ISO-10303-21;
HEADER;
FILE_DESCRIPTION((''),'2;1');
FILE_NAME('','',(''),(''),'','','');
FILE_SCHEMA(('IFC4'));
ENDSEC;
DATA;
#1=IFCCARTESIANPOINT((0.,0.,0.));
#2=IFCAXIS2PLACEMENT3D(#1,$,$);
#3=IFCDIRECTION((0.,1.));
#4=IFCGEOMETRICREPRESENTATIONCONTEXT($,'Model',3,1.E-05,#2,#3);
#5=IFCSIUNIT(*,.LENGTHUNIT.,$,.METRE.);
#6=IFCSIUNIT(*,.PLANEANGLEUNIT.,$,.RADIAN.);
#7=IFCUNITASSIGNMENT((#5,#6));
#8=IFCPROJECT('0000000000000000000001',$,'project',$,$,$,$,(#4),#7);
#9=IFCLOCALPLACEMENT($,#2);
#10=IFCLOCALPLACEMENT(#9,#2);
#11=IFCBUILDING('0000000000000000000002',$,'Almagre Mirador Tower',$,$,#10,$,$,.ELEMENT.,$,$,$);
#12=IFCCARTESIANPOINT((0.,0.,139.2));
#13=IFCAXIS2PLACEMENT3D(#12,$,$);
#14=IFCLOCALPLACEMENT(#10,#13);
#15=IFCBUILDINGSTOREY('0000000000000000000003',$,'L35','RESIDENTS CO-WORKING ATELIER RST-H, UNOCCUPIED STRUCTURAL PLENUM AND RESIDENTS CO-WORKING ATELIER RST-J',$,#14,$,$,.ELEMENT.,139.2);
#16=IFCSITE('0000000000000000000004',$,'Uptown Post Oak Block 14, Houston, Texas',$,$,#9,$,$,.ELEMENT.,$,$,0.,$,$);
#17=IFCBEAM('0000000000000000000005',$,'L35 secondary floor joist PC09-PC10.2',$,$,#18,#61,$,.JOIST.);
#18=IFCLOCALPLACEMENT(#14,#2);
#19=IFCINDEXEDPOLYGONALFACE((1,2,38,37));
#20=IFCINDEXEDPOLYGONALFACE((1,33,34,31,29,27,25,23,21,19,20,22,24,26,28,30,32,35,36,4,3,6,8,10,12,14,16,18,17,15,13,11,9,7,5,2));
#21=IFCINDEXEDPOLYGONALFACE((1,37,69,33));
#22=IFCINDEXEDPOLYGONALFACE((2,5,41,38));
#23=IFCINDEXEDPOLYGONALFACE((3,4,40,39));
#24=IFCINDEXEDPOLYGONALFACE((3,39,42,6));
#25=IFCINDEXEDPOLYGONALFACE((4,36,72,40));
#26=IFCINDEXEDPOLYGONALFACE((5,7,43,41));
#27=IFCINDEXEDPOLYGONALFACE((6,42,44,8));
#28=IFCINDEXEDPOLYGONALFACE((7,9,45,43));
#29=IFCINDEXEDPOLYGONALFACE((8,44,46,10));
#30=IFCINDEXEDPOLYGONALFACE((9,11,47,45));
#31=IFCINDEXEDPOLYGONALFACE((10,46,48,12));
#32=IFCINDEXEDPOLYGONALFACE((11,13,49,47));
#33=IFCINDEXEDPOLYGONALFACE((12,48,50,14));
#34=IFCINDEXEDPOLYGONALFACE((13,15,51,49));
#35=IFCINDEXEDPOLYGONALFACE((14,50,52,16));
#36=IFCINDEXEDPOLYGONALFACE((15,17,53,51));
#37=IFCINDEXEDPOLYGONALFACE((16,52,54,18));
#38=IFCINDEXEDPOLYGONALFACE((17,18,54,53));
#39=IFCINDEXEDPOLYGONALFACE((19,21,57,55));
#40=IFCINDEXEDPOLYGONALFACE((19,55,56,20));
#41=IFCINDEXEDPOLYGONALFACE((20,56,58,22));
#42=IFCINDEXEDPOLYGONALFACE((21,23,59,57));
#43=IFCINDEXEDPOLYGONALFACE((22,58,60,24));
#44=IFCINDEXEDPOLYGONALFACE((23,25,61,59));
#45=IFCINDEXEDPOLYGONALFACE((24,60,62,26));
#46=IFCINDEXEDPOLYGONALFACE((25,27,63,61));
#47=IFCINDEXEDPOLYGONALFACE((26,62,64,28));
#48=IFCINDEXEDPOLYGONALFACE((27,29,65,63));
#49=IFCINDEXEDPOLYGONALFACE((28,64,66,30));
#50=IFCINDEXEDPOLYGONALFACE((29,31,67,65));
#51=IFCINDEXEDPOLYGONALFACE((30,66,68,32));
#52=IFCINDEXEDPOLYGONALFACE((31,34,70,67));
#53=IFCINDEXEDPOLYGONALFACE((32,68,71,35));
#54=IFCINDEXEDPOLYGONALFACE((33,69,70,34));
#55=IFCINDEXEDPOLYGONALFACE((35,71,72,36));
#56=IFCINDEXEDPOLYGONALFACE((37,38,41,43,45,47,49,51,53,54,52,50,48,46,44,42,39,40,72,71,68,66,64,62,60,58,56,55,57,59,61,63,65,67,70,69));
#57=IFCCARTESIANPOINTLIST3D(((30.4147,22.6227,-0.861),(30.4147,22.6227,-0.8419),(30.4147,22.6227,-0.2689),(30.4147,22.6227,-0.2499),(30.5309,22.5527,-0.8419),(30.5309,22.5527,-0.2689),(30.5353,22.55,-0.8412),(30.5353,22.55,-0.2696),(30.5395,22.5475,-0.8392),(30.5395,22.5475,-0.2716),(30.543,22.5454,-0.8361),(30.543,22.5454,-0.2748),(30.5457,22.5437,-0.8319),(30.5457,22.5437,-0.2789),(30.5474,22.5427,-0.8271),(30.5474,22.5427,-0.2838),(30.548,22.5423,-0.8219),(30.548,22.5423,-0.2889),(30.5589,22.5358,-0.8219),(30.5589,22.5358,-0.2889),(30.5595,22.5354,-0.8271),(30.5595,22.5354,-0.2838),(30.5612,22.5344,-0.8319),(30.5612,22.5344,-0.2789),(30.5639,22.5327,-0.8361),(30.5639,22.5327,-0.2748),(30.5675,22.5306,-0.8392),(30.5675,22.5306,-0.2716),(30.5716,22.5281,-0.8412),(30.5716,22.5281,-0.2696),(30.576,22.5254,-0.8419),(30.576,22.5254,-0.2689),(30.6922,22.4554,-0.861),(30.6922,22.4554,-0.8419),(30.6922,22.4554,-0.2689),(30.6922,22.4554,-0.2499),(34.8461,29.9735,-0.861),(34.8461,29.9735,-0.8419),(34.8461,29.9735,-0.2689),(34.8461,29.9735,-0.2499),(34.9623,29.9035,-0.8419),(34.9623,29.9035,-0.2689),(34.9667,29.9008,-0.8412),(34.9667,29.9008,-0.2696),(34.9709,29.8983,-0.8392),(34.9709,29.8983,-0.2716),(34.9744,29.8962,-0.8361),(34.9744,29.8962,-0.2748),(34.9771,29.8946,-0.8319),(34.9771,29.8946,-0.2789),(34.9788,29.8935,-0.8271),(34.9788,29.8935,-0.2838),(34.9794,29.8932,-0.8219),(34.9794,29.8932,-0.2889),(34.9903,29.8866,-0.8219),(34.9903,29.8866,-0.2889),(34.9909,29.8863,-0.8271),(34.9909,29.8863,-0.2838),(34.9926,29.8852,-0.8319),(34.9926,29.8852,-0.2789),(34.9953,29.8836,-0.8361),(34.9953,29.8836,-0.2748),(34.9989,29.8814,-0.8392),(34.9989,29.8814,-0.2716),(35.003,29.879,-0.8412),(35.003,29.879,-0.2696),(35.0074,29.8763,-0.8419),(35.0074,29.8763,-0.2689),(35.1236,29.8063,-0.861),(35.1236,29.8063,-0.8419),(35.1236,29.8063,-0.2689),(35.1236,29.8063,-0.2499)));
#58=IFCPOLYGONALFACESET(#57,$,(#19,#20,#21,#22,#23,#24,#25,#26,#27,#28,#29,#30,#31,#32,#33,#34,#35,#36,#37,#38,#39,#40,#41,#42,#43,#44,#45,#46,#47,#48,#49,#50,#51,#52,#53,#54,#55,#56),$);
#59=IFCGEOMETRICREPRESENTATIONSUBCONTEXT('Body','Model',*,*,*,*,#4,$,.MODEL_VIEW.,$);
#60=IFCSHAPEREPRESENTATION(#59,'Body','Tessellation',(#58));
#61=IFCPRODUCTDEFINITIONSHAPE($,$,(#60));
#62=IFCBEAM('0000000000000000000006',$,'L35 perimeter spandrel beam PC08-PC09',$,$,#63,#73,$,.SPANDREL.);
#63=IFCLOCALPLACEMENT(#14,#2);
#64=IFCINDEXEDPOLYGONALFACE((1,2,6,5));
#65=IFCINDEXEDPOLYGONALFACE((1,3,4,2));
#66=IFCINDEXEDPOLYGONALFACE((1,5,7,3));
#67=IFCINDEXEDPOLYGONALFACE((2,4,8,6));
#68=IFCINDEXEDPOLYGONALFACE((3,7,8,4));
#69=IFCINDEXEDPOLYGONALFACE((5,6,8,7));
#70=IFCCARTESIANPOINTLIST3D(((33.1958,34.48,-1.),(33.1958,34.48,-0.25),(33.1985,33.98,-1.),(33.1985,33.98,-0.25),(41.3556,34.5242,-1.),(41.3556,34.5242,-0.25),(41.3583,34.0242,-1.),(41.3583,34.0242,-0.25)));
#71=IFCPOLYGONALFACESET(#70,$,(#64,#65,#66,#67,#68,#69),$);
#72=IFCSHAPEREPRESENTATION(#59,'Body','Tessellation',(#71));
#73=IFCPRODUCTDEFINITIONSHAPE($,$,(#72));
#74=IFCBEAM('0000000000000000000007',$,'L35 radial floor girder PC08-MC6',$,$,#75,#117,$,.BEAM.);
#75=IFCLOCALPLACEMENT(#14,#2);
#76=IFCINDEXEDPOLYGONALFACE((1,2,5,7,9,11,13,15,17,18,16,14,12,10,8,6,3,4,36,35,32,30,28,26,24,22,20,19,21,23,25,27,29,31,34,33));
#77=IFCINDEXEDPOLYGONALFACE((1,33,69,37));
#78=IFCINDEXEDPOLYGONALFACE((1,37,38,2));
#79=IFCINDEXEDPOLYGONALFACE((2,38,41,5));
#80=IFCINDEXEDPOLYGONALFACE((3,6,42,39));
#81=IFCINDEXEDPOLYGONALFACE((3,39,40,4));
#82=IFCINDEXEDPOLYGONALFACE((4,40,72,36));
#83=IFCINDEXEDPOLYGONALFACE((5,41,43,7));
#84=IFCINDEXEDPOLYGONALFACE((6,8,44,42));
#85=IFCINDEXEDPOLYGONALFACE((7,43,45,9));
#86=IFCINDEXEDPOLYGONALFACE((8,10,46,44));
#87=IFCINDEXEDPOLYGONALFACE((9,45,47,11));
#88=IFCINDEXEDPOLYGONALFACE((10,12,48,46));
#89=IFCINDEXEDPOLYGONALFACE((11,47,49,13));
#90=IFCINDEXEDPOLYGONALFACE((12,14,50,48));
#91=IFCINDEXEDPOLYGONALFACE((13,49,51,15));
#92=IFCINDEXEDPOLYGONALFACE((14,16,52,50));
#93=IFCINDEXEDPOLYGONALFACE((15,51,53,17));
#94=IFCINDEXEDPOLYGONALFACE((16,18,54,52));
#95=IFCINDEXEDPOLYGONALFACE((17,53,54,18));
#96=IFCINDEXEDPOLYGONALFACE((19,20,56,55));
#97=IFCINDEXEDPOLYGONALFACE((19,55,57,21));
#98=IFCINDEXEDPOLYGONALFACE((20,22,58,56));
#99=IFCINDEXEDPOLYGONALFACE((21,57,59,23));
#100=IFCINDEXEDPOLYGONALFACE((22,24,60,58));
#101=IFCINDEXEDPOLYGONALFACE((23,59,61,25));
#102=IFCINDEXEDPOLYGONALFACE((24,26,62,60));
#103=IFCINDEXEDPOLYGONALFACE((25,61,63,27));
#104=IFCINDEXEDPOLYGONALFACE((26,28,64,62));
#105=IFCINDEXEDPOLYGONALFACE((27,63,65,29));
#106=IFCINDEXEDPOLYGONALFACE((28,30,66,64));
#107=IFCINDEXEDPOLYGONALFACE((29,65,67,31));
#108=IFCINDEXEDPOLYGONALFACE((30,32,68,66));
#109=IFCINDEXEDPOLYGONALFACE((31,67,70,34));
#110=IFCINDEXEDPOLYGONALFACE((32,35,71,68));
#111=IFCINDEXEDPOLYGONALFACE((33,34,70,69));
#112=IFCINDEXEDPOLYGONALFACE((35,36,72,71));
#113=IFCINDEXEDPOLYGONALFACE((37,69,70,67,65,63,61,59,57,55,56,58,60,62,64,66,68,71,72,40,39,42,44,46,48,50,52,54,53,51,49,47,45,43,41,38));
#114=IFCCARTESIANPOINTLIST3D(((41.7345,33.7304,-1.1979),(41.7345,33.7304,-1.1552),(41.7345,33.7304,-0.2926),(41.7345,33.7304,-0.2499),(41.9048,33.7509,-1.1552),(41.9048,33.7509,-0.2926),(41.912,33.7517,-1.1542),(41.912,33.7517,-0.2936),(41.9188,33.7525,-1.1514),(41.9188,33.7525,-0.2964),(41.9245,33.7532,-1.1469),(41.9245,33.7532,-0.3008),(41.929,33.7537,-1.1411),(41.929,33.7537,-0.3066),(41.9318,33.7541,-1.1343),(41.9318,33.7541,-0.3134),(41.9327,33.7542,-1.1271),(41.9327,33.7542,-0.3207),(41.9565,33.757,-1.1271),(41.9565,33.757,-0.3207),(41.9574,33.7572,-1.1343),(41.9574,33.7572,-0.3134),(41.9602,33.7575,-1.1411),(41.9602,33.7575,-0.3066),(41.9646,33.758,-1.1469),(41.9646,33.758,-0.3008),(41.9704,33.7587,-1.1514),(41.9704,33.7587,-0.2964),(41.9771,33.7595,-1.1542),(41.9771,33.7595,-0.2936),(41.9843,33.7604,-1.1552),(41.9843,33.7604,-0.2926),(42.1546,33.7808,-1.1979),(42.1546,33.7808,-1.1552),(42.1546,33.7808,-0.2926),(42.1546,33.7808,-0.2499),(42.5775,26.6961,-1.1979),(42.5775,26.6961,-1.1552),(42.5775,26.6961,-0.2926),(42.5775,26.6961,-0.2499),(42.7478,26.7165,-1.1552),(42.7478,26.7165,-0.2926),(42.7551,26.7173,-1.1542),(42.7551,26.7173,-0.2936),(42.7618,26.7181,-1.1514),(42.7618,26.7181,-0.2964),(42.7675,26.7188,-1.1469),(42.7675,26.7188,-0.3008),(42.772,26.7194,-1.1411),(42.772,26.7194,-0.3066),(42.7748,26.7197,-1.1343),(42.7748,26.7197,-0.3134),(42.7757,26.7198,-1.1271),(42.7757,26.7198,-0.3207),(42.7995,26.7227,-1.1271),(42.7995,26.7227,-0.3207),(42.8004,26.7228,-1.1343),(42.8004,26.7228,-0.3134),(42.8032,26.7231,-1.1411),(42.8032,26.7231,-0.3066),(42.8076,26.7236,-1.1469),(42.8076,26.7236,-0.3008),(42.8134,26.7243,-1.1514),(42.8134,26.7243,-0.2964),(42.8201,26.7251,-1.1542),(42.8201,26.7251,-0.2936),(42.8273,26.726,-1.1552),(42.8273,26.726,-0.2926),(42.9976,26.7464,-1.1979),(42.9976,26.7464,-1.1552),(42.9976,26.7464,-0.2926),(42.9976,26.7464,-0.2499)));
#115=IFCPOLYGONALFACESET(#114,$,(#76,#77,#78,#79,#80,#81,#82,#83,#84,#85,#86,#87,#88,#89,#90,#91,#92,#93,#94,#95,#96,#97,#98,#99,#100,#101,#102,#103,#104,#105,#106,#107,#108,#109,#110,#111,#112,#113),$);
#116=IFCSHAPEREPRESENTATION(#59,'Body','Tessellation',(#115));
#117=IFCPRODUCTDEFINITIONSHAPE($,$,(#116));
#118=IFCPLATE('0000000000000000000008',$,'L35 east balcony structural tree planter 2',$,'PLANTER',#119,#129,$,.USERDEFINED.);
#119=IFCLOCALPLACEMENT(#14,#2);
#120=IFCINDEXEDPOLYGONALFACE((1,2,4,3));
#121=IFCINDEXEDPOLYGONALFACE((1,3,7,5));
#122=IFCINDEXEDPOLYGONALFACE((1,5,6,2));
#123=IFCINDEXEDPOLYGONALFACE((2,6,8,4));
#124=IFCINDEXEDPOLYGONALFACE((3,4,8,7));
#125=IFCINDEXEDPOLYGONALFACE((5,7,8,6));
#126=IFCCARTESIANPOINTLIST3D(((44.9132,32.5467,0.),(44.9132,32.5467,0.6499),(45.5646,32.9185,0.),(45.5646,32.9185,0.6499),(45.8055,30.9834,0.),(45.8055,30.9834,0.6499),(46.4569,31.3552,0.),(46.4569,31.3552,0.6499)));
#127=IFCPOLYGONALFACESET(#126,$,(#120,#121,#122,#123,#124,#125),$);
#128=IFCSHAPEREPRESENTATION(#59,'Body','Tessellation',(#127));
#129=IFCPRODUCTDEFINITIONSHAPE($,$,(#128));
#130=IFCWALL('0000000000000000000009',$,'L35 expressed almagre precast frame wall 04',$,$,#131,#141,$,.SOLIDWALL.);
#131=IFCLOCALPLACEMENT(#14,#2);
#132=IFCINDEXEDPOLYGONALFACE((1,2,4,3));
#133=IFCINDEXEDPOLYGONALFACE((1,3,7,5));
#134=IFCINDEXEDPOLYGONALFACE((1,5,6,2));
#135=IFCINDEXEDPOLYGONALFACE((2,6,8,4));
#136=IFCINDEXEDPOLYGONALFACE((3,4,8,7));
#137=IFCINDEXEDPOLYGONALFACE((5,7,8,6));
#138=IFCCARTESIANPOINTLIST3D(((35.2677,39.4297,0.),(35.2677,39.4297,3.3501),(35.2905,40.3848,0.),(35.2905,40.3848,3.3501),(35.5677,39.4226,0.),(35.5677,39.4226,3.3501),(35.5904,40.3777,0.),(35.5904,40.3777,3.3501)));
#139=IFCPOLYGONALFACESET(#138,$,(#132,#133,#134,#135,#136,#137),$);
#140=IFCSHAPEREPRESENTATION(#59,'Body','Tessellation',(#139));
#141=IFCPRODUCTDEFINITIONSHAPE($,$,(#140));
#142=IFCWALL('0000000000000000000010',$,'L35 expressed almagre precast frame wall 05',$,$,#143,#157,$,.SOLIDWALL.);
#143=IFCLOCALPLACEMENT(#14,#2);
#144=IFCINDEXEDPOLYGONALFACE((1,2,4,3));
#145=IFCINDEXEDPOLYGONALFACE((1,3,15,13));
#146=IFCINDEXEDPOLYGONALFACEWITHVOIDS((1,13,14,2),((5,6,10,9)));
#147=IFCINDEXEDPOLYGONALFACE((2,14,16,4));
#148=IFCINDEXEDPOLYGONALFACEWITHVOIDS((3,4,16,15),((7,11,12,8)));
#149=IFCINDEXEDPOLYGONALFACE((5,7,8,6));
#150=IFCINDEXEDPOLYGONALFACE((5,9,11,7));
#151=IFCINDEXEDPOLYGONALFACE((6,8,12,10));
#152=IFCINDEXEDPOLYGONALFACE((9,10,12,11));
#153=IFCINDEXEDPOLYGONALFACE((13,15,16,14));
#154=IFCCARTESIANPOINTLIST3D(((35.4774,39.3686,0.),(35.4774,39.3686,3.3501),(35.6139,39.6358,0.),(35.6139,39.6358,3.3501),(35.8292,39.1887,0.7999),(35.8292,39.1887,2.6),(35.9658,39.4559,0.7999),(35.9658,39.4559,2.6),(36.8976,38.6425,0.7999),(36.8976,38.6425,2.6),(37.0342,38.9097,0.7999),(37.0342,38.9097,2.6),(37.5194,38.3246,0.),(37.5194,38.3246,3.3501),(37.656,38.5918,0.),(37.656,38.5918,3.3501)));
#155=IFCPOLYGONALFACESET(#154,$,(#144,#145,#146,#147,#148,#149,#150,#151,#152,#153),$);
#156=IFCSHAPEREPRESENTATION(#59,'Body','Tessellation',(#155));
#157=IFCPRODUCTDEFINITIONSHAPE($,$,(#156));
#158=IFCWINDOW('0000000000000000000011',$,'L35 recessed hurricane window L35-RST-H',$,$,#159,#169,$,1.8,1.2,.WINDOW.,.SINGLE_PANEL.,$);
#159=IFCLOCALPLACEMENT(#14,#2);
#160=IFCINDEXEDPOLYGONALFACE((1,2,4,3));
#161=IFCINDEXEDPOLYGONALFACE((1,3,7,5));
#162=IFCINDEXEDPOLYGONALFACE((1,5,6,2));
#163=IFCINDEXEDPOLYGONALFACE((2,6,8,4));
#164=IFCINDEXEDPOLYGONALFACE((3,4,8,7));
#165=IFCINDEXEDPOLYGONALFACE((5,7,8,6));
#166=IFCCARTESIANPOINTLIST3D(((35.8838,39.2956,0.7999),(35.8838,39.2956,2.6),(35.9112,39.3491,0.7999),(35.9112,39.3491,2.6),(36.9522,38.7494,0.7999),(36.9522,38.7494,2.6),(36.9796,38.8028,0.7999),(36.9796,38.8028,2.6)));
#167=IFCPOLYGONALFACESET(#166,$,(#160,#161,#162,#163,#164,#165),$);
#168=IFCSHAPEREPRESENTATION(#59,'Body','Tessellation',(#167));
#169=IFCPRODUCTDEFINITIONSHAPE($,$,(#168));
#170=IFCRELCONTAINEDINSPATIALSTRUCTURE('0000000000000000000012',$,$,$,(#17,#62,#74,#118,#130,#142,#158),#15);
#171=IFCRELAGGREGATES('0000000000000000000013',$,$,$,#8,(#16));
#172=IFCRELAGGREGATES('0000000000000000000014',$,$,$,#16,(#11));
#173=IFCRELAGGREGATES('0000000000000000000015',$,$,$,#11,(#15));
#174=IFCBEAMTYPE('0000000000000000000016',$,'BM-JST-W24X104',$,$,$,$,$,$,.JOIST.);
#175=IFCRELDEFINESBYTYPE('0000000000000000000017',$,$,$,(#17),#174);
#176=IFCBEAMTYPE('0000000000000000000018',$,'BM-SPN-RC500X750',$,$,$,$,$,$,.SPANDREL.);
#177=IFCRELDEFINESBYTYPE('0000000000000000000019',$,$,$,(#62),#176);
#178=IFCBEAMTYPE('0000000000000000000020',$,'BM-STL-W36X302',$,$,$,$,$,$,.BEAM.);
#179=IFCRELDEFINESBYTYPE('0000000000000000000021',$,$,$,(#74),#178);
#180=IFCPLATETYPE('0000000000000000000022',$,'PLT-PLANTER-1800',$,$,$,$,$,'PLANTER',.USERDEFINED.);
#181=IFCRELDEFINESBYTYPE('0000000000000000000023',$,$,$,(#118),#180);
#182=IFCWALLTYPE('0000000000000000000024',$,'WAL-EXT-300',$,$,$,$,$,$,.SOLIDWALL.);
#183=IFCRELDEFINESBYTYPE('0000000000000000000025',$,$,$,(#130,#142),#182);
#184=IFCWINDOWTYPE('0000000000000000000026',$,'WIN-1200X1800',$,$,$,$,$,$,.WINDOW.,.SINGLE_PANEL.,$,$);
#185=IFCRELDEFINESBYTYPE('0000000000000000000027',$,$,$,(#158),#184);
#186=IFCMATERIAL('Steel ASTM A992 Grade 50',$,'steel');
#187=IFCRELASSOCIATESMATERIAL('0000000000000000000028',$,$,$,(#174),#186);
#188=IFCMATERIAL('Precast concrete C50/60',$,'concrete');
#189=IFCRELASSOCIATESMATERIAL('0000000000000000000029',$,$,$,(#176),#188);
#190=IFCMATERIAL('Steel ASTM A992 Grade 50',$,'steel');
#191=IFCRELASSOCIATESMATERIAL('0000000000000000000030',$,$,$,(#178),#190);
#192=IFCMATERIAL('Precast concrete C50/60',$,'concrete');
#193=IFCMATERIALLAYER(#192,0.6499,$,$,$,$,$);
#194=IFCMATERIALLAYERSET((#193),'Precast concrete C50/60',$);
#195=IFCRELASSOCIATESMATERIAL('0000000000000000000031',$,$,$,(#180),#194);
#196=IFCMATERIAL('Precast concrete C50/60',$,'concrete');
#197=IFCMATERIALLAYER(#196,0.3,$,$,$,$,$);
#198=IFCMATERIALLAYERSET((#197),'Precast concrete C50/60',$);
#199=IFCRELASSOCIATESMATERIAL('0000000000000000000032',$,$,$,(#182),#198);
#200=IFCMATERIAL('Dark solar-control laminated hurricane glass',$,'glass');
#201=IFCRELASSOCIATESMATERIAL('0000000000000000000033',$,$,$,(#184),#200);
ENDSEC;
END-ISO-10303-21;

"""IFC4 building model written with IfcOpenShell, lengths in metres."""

from ifc_helpers import new_model, si_unit, direction, frame, frame_2d, origin, origin_2d, place, context, subcontext, project, spatial, rectangle, i_section, extrude, material, layer, layer_set, material_profile, profile_set, type_object, element, fill, save


model = new_model("IFC4")

# Units and contexts
model_context = context("Model", 3, precision=1e-05, world=origin(), true_north=direction((0.0, 1.0)))
body_context = subcontext(model_context, "Body", "Model", "MODEL_VIEW")
ifc_project = project(units=[si_unit("LENGTHUNIT", "METRE"), si_unit("PLANEANGLEUNIT", "RADIAN")], contexts=[model_context])

# Site, building, storey
site_placement = place(None, origin())
site = spatial("IfcSite", under=ifc_project, at=site_placement, Name="Uptown Post Oak Block 14, Houston, Texas", CompositionType="ELEMENT", RefElevation=0.0)
building_placement = place(site_placement, origin())
building = spatial("IfcBuilding", under=site, at=building_placement, Name="Almagre Mirador Tower", CompositionType="ELEMENT")
storey_placement = place(building_placement, frame((0.0, 0.0, 139.2)))
storey = spatial("IfcBuildingStorey", under=building, at=storey_placement, Name="L35", Description="RESIDENTS CO-WORKING ATELIER RST-H, UNOCCUPIED STRUCTURAL PLENUM AND RESIDENTS CO-WORKING ATELIER RST-J", CompositionType="ELEMENT", Elevation=139.2)

# Beams
ifc_material_1 = material(Name="Steel ASTM A992 Grade 50", Category="steel")
ifc_material_profile_1 = material_profile(ifc_material_1, i_section(OverallWidth=0.324, OverallDepth=0.6111, WebThickness=0.0127, FlangeThickness=0.019, FilletRadius=0.02, at=origin_2d()), Name="W24X104")
ifc_profile_set_1 = profile_set([ifc_material_profile_1], Name="Steel ASTM A992 Grade 50")
beam_type_1 = type_object("IfcBeamType", Name="BM-JST-W24X104", PredefinedType="JOIST", material=ifc_profile_set_1)
beam_1_placement = place(storey_placement, frame((34.9849, 29.8899, -0.5554), z_axis=(-0.516285, -0.856417, 0.0), x_axis=(0.856417, -0.516285, 0.0)))
element("IfcBeam", 1, at=beam_1_placement, inside=storey, type_object=beam_type_1, Name="L35 secondary floor joist PC09-PC10.2", PredefinedType="JOIST", context=body_context, shape_type="SweptSolid", body=[
    extrude(i_section(OverallWidth=0.324, OverallDepth=0.6111, WebThickness=0.0127, FlangeThickness=0.019, FilletRadius=0.02, at=origin_2d()), origin(), (0.0, 0.0, 1.0), 8.5833),
])
ifc_material_2 = material(Name="Precast concrete C50/60", Category="concrete")
ifc_material_profile_2 = material_profile(ifc_material_2, rectangle(XDim=0.5, YDim=0.75, at=origin_2d()), Name="RC500X750")
ifc_profile_set_2 = profile_set([ifc_material_profile_2], Name="Precast concrete C50/60")
beam_type_2 = type_object("IfcBeamType", Name="BM-SPN-RC500X750", PredefinedType="SPANDREL", material=ifc_profile_set_2)
beam_2_placement = place(storey_placement, frame((41.3569, 34.2742, -0.625), z_axis=(-0.999985, -0.005415, 0.0), x_axis=(0.005415, -0.999985, 0.0)))
element("IfcBeam", 2, at=beam_2_placement, inside=storey, type_object=beam_type_2, Name="L35 perimeter spandrel beam PC08-PC09", PredefinedType="SPANDREL", context=body_context, shape_type="SweptSolid", body=[
    extrude(rectangle(XDim=0.5, YDim=0.75, at=origin_2d()), origin(), (0.0, 0.0, 1.0), 8.1599),
])
ifc_material_3 = material(Name="Steel ASTM A992 Grade 50", Category="steel")
ifc_material_profile_3 = material_profile(ifc_material_3, i_section(OverallWidth=0.4231, OverallDepth=0.948, WebThickness=0.0239, FlangeThickness=0.0427, FilletRadius=0.0281, at=origin_2d()), Name="W36X302")
ifc_profile_set_3 = profile_set([ifc_material_profile_3], Name="Steel ASTM A992 Grade 50")
beam_type_3 = type_object("IfcBeamType", Name="BM-STL-W36X302", PredefinedType="BEAM", material=ifc_profile_set_3)
beam_3_placement = place(storey_placement, frame((41.9446, 33.7556, -0.7239), z_axis=(0.11899, -0.992895, 0.0), x_axis=(0.992895, 0.11899, 0.0)))
element("IfcBeam", 3, at=beam_3_placement, inside=storey, type_object=beam_type_3, Name="L35 radial floor girder PC08-MC6", PredefinedType="BEAM", context=body_context, shape_type="SweptSolid", body=[
    extrude(i_section(OverallWidth=0.4231, OverallDepth=0.948, WebThickness=0.0239, FlangeThickness=0.0427, FilletRadius=0.0281, at=origin_2d()), origin(), (0.0, 0.0, 1.0), 7.0847),
])

# Plate
ifc_material_4 = material(Name="Precast concrete C50/60", Category="concrete")
ifc_layer_1 = layer(ifc_material_4, 0.6499)
ifc_layer_set_1 = layer_set([ifc_layer_1], Name="Precast concrete C50/60")
plate_type = type_object("IfcPlateType", Name="PLT-PLANTER-1800", ElementType="PLANTER", PredefinedType="USERDEFINED", material=ifc_layer_set_1)
plate_placement = place(storey_placement, frame((45.6851, 31.9509, 0.0), z_axis=(0.0, 0.0, 1.0), x_axis=(-0.495701, 0.868493, 0.0)))
element("IfcPlate", 4, at=plate_placement, inside=storey, type_object=plate_type, Name="L35 east balcony structural tree planter 2", ObjectType="PLANTER", PredefinedType="USERDEFINED", context=body_context, shape_type="SweptSolid", body=[
    extrude(rectangle(XDim=1.8, YDim=0.75, at=origin_2d()), origin(), (0.0, 0.0, 1.0), 0.6499),
])

# Wall
ifc_material_5 = material(Name="Precast concrete C50/60", Category="concrete")
ifc_layer_2 = layer(ifc_material_5, 0.3)
ifc_layer_set_2 = layer_set([ifc_layer_2], Name="Precast concrete C50/60")
wall_type_1 = type_object("IfcWallType", Name="WAL-EXT-300", PredefinedType="SOLIDWALL", material=ifc_layer_set_2)
wall_1_placement = place(storey_placement, frame((35.4404, 40.3811, 0.0), z_axis=(0.0, 0.0, 1.0), x_axis=(-0.023766, -0.999718, 0.0)))
element("IfcWall", 5, at=wall_1_placement, inside=storey, type_object=wall_type_1, Name="L35 expressed almagre precast frame wall 04", PredefinedType="SOLIDWALL", context=body_context, shape_type="SweptSolid", body=[
    extrude(rectangle(XDim=0.9553, YDim=0.3, at=frame_2d((0.4775, 0.0))), origin(), (0.0, 0.0, 1.0), 3.3501),
])

# Wall, opening, window
wall_2_placement = place(storey_placement, frame((35.5457, 39.5022, 0.0), z_axis=(0.0, 0.0, 1.0), x_axis=(0.890389, -0.455201, 0.0)))
wall_2 = element("IfcWall", 6, at=wall_2_placement, inside=storey, type_object=wall_type_1, Name="L35 expressed almagre precast frame wall 05", PredefinedType="SOLIDWALL", context=body_context, shape_type="SweptSolid", body=[
    extrude(rectangle(XDim=2.2935, YDim=0.3, at=frame_2d((1.1467, 0.0))), origin(), (0.0, 0.0, 1.0), 3.3501),
])
opening_1_placement = place(wall_2_placement, frame((0.395, 0.0, 0.8)))
opening_1 = element("IfcOpeningElement", 7, at=opening_1_placement, cuts=wall_2, PredefinedType="OPENING", context=body_context, shape_type="SweptSolid", body=[
    extrude(rectangle(XDim=1.2, YDim=1.8, at=frame_2d((0.6001, 0.8999))), frame((0.0, 0.1599, 0.0), z_axis=(0.0, -1.0, 0.0), x_axis=(1.0, 0.0, 0.0)), (0.0, 0.0, 1.0), 0.32),
])
ifc_material_6 = material(Name="Dark solar-control laminated hurricane glass", Category="glass")
window_type_1 = type_object("IfcWindowType", Name="WIN-1200X1800", PartitioningType="SINGLE_PANEL", PredefinedType="WINDOW", material=ifc_material_6)
window_1_placement = place(opening_1_placement, origin())
window_1 = element("IfcWindow", 8, at=window_1_placement, inside=storey, type_object=window_type_1, Name="L35 recessed hurricane window L35-RST-H", OverallHeight=1.8, OverallWidth=1.2, PartitioningType="SINGLE_PANEL", PredefinedType="WINDOW", context=body_context, shape_type="SweptSolid", body=[
    extrude(rectangle(XDim=1.2, YDim=1.8, at=frame_2d((0.6001, 0.8999))), frame((0.0, 0.03, 0.0), z_axis=(0.0, -1.0, 0.0), x_axis=(1.0, 0.0, 0.0)), (0.0, 0.0, 1.0), 0.0601),
])
fill(opening_1, window_1)

save(model, "model.ifc")
